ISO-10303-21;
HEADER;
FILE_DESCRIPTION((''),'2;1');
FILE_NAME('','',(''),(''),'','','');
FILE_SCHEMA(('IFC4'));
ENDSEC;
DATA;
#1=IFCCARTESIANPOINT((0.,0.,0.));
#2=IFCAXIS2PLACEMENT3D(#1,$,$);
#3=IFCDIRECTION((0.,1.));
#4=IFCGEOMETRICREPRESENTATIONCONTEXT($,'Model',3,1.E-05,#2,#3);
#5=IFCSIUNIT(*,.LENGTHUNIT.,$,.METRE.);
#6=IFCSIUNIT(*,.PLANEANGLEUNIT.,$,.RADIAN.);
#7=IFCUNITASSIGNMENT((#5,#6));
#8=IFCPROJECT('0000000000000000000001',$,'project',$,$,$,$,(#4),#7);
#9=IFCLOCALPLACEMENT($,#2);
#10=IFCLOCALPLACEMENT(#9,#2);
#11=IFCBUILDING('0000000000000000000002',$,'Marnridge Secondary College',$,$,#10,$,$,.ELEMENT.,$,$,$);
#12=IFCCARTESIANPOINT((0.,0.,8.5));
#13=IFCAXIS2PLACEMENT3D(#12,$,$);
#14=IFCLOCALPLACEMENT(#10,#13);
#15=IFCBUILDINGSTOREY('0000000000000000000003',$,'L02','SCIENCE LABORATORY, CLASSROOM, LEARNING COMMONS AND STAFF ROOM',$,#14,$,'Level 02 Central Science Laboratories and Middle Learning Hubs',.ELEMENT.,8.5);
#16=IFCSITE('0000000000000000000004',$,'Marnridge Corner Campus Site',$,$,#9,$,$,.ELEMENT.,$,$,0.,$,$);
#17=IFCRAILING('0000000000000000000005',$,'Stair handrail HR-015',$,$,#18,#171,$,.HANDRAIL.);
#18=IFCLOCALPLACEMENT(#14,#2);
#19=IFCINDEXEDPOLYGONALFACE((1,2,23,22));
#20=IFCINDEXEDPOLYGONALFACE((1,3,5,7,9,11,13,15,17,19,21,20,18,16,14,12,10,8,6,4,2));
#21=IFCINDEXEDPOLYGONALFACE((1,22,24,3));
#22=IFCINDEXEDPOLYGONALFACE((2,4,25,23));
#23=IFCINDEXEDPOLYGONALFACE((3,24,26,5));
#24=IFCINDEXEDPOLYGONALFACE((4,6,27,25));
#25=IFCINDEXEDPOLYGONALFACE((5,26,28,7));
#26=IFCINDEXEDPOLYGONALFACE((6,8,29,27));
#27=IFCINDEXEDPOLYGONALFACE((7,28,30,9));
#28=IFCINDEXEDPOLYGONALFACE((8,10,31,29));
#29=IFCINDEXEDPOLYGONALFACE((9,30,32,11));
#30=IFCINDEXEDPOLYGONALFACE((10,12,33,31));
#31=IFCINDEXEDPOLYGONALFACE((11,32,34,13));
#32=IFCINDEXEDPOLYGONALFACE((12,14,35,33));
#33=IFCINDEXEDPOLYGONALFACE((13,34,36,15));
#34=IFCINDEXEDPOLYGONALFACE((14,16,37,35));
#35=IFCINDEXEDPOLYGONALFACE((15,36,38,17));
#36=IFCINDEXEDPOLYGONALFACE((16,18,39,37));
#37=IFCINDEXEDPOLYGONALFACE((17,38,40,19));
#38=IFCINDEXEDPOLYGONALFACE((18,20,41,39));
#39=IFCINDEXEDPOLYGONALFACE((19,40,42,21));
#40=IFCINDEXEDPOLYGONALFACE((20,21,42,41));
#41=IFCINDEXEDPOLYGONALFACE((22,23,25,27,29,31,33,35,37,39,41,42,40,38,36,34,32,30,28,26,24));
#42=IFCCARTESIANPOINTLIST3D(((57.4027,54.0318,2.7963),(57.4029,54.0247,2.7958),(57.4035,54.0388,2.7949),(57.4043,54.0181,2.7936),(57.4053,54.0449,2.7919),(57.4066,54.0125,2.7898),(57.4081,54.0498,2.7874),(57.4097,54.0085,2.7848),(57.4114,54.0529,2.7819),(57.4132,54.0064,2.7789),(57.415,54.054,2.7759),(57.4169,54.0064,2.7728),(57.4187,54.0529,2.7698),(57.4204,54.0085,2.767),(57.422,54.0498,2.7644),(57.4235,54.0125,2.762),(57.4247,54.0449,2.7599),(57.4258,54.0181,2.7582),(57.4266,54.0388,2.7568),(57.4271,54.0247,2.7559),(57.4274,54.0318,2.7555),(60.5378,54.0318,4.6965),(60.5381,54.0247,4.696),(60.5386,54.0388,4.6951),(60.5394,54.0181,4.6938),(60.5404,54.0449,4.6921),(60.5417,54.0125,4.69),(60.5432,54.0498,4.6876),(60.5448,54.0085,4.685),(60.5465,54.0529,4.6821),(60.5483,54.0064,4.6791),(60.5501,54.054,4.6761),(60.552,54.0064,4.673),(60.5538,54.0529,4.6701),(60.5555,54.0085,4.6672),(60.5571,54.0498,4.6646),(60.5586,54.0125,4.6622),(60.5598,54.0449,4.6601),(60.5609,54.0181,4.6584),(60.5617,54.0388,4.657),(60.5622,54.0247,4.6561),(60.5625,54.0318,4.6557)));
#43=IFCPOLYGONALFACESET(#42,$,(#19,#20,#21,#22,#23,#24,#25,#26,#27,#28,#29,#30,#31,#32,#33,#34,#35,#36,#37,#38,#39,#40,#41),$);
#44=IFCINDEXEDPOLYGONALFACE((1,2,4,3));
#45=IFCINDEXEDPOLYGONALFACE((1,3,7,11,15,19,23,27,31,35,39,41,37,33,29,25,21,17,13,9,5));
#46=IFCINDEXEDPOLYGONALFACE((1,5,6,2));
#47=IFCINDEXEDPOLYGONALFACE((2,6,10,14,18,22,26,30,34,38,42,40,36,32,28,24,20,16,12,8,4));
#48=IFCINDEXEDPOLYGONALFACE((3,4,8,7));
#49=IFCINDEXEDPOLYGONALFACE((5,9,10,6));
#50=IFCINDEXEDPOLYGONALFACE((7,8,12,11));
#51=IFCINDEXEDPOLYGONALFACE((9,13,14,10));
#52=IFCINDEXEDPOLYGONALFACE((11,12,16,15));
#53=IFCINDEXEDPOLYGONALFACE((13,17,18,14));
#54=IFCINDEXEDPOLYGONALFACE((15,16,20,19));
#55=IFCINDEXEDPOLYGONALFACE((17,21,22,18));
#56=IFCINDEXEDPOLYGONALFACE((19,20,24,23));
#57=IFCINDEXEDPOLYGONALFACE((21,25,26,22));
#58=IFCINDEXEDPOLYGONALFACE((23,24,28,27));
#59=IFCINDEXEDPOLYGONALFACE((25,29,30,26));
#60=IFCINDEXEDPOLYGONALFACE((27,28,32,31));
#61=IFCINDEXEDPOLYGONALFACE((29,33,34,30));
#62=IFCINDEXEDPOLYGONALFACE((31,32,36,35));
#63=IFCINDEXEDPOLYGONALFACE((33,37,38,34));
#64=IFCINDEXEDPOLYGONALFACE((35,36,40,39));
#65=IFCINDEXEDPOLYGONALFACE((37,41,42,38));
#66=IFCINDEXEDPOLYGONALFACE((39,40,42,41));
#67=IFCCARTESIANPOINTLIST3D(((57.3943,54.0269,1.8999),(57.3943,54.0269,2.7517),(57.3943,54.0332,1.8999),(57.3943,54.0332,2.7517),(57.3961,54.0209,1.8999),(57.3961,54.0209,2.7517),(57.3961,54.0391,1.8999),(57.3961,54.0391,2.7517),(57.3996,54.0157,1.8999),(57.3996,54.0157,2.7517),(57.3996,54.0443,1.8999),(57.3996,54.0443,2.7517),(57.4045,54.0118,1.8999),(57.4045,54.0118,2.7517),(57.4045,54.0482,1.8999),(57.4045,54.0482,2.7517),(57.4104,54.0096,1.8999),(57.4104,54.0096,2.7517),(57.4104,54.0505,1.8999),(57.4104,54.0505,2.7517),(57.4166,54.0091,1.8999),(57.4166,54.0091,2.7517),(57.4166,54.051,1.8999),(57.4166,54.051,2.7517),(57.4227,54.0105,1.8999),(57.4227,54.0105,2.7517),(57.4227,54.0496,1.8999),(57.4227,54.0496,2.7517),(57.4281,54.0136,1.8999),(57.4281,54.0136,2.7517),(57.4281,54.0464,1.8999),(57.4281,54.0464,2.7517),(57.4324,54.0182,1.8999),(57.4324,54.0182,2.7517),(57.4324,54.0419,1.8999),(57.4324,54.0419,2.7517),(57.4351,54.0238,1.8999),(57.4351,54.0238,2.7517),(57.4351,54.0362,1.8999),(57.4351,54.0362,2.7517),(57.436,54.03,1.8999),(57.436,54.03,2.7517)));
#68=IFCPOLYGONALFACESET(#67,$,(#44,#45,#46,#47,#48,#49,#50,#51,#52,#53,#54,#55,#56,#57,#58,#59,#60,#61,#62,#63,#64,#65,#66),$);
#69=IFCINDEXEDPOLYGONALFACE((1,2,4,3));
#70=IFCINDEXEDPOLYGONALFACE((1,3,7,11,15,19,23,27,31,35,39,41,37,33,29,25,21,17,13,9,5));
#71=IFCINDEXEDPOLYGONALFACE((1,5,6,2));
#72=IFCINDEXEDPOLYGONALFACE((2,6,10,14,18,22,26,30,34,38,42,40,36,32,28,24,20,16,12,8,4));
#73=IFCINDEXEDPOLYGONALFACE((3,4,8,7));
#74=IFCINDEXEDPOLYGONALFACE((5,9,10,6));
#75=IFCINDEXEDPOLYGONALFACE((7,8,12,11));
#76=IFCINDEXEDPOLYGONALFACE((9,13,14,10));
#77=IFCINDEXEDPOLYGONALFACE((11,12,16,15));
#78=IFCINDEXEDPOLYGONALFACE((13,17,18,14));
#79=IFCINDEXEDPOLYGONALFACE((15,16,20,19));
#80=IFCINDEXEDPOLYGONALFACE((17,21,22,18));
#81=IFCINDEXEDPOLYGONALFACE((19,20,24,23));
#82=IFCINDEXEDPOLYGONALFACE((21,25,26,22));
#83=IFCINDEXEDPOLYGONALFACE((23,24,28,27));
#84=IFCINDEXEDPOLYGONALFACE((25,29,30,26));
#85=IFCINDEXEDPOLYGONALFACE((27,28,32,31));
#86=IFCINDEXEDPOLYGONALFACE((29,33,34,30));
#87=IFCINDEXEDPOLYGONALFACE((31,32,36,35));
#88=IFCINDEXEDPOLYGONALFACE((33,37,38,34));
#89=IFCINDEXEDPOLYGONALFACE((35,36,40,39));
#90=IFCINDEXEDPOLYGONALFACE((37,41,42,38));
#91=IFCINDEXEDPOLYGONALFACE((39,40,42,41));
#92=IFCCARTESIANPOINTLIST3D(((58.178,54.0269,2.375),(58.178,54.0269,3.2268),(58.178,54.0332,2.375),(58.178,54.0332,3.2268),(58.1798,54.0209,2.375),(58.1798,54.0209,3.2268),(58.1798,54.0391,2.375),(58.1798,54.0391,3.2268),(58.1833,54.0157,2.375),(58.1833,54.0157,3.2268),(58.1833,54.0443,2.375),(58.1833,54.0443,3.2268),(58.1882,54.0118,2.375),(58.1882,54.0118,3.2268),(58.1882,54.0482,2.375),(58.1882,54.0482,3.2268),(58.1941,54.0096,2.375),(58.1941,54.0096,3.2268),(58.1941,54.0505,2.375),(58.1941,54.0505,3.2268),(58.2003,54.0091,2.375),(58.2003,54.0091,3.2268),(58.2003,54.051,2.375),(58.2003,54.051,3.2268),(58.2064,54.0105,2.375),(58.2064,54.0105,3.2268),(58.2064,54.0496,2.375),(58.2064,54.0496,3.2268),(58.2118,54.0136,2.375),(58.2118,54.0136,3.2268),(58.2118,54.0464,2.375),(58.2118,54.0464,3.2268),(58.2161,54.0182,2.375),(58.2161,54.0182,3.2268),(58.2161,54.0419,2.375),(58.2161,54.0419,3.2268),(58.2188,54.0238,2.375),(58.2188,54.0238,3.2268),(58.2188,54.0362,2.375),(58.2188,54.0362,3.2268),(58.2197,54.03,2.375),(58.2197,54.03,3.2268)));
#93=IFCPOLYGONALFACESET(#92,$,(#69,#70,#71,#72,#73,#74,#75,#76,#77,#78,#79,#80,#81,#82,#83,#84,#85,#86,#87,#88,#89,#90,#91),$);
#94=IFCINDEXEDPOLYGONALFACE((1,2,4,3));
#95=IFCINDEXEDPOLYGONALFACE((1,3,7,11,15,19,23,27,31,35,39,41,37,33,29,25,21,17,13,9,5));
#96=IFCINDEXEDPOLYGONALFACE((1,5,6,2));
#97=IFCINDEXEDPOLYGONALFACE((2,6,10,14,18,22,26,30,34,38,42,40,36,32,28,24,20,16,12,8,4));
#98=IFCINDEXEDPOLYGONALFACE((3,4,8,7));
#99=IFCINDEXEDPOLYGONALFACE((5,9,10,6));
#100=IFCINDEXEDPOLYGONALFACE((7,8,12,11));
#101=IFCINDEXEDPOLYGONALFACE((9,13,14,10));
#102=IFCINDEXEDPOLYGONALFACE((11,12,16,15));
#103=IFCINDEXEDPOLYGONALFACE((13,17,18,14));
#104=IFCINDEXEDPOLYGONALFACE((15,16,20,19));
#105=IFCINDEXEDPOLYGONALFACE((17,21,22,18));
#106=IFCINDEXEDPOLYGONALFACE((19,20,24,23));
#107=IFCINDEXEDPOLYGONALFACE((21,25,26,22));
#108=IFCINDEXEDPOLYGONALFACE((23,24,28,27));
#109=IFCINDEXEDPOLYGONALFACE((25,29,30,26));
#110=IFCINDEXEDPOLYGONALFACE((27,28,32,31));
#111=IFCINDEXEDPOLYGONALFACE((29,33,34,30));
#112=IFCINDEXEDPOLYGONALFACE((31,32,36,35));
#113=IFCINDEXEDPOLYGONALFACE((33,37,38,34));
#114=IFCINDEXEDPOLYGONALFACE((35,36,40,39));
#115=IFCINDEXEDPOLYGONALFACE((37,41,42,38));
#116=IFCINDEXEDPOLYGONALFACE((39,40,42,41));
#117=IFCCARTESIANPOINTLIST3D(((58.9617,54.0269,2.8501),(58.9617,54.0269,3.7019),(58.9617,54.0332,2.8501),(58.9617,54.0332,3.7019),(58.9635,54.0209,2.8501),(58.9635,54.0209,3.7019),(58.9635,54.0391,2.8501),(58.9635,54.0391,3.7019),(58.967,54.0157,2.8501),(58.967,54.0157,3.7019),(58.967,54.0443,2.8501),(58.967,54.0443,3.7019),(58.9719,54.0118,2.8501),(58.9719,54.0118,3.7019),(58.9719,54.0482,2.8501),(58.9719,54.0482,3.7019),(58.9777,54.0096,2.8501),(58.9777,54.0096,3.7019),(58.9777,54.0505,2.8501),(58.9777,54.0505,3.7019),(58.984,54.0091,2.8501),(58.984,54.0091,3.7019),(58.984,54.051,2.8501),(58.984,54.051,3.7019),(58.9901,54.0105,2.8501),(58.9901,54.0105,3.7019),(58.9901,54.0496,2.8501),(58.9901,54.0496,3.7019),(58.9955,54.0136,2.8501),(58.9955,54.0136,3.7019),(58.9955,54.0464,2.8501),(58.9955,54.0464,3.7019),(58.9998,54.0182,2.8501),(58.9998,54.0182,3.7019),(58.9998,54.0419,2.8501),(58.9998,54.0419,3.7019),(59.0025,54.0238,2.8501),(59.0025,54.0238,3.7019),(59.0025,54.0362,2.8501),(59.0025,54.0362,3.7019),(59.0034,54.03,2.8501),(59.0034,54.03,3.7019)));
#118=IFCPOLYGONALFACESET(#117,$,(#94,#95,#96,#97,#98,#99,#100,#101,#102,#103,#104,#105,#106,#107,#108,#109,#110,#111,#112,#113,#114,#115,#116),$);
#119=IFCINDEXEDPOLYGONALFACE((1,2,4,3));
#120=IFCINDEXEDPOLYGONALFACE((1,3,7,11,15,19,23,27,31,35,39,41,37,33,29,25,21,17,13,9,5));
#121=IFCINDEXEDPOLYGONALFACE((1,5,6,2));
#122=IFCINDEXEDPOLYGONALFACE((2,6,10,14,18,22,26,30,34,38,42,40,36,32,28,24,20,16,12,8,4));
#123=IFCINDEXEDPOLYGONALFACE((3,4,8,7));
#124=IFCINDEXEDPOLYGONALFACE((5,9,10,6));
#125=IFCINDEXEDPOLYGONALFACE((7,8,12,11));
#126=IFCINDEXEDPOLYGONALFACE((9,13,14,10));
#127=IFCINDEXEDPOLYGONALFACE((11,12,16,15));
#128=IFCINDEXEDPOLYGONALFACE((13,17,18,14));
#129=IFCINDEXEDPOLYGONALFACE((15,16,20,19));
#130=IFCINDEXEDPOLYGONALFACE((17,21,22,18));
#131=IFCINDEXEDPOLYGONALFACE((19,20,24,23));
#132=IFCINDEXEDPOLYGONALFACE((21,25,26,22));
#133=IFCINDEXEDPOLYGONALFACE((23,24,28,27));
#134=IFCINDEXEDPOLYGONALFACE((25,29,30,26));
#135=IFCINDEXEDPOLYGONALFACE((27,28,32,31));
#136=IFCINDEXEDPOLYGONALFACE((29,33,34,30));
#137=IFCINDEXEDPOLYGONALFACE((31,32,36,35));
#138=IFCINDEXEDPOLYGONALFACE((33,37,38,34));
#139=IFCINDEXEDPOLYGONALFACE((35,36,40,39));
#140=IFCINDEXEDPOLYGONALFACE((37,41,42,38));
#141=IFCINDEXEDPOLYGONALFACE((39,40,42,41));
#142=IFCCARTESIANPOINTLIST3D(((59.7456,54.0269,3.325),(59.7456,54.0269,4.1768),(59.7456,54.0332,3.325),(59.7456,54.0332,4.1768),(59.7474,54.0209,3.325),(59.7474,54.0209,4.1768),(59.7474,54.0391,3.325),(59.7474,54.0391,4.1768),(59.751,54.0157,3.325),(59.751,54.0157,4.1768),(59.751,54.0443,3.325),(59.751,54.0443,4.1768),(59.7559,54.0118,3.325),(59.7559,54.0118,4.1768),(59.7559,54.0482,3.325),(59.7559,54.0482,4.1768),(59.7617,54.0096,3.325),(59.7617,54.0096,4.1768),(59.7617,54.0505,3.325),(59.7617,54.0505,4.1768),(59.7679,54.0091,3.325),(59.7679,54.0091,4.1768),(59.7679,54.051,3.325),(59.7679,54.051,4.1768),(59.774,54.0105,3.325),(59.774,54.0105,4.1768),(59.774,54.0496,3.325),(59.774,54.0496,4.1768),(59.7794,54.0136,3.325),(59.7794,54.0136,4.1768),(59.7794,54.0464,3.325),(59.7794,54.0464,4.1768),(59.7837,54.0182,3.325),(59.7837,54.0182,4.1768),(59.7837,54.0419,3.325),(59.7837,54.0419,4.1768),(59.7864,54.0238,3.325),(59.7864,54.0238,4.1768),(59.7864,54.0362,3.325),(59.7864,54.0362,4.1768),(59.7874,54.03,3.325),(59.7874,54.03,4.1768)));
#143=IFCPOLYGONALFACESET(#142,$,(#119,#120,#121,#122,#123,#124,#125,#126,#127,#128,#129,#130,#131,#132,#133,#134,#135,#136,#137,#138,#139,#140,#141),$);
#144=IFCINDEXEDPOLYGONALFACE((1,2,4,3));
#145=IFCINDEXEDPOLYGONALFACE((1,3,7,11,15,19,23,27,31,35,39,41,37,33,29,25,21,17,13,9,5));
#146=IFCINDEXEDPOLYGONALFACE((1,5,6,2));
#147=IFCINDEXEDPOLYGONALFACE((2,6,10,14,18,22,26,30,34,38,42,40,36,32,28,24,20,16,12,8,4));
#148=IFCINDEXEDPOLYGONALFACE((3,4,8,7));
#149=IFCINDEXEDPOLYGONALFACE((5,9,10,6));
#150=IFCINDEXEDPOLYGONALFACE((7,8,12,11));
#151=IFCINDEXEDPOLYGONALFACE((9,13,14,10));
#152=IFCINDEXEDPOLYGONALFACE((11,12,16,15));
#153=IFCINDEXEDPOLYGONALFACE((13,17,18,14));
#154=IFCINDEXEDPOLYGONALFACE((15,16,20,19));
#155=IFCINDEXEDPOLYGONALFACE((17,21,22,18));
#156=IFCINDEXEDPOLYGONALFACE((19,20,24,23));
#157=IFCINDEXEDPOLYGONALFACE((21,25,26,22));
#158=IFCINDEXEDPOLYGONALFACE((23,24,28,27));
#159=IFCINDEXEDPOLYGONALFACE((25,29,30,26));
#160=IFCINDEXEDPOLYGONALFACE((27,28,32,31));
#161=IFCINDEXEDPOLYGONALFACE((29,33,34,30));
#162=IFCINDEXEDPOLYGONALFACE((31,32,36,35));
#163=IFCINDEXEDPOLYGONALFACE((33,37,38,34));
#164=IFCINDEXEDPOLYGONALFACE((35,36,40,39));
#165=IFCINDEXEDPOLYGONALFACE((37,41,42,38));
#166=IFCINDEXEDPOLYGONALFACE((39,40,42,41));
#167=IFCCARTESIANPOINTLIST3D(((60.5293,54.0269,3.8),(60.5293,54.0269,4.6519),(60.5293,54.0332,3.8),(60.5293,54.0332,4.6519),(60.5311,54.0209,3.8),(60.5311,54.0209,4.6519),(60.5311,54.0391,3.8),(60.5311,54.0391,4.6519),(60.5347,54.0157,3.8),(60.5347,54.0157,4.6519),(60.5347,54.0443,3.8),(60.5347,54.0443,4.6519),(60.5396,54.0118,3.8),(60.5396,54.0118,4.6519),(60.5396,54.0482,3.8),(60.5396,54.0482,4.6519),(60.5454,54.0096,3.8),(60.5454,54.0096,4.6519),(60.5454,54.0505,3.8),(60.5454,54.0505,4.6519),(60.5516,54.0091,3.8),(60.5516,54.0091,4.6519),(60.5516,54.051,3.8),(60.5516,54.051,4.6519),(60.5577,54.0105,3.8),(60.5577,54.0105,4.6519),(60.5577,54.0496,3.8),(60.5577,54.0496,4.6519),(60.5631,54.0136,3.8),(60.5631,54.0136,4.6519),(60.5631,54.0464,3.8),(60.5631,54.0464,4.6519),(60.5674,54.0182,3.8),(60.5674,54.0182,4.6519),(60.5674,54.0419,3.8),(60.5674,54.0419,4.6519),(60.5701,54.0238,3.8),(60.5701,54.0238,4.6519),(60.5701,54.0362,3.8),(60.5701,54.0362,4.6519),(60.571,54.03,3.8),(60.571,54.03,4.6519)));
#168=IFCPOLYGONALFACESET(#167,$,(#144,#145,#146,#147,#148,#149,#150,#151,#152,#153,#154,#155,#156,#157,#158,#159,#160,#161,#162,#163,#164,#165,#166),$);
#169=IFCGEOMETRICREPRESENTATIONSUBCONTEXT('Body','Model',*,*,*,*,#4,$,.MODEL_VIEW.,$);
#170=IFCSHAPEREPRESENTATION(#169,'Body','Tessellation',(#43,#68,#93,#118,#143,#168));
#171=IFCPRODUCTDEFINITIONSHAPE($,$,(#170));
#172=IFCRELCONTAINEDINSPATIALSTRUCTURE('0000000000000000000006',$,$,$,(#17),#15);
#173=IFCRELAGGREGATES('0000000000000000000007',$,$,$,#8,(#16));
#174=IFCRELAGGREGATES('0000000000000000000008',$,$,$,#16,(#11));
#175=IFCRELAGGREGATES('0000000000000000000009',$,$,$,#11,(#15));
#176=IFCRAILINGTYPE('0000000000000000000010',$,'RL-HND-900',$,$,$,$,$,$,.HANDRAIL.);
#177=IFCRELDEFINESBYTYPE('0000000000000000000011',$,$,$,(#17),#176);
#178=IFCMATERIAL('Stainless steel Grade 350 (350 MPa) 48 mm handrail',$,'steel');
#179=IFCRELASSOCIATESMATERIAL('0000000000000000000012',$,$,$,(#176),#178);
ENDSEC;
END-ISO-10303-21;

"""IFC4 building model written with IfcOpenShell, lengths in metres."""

from ifc_helpers import new_model, si_unit, direction, frame, origin, origin_2d, place, context, subcontext, project, spatial, circle, extrude, material, type_object, element, save


model = new_model("IFC4")

# Units and contexts
model_context = context("Model", 3, precision=1e-05, world=origin(), true_north=direction((0.0, 1.0)))
body_context = subcontext(model_context, "Body", "Model", "MODEL_VIEW")
ifc_project = project(units=[si_unit("LENGTHUNIT", "METRE"), si_unit("PLANEANGLEUNIT", "RADIAN")], contexts=[model_context])

# Site, building, storey
site_placement = place(None, origin())
site = spatial("IfcSite", under=ifc_project, at=site_placement, Name="Marnridge Corner Campus Site", CompositionType="ELEMENT", RefElevation=0.0)
building_placement = place(site_placement, origin())
building = spatial("IfcBuilding", under=site, at=building_placement, Name="Marnridge Secondary College", CompositionType="ELEMENT")
storey_placement = place(building_placement, frame((0.0, 0.0, 8.5)))
storey = spatial("IfcBuildingStorey", under=building, at=storey_placement, Name="L02", Description="SCIENCE LABORATORY, CLASSROOM, LEARNING COMMONS AND STAFF ROOM", LongName="Level 02 Central Science Laboratories and Middle Learning Hubs", CompositionType="ELEMENT", Elevation=8.5)

# Railing
ifc_material_1 = material(Name="Stainless steel Grade 350 (350 MPa) 48 mm handrail", Category="steel")
railing_type_1 = type_object("IfcRailingType", Name="RL-HND-900", PredefinedType="HANDRAIL", material=ifc_material_1)
for number, where, name in (
    (1, (57.415, 54.03, 1.8999), "Stair handrail HR-015"),
):
    element("IfcRailing", number, at=place(storey_placement, frame(where)), inside=storey, type_object=railing_type_1, Name=name, PredefinedType="HANDRAIL", context=body_context, shape_type="SweptSolid", body=[
        extrude(circle(Radius=0.0239, at=origin_2d()), frame((0.0, 0.0, 0.876), z_axis=(0.855181, 0.0, 0.51833), x_axis=(0.0, 1.0, 0.0)), (0.0, 0.0, 1.0), 3.666),
        extrude(circle(Radius=0.021, at=origin_2d()), origin(), (0.0, 0.0, 1.0), 0.8518),
        extrude(circle(Radius=0.021, at=origin_2d()), frame((0.7837, 0.0, 0.4751)), (0.0, 0.0, 1.0), 0.8518),
        extrude(circle(Radius=0.021, at=origin_2d()), frame((1.5674, 0.0, 0.9502)), (0.0, 0.0, 1.0), 0.8518),
        extrude(circle(Radius=0.021, at=origin_2d()), frame((2.3513, 0.0, 1.425)), (0.0, 0.0, 1.0), 0.8518),
        extrude(circle(Radius=0.021, at=origin_2d()), frame((3.135, 0.0, 1.9001)), (0.0, 0.0, 1.0), 0.8518),
    ])

save(model, "model.ifc")
